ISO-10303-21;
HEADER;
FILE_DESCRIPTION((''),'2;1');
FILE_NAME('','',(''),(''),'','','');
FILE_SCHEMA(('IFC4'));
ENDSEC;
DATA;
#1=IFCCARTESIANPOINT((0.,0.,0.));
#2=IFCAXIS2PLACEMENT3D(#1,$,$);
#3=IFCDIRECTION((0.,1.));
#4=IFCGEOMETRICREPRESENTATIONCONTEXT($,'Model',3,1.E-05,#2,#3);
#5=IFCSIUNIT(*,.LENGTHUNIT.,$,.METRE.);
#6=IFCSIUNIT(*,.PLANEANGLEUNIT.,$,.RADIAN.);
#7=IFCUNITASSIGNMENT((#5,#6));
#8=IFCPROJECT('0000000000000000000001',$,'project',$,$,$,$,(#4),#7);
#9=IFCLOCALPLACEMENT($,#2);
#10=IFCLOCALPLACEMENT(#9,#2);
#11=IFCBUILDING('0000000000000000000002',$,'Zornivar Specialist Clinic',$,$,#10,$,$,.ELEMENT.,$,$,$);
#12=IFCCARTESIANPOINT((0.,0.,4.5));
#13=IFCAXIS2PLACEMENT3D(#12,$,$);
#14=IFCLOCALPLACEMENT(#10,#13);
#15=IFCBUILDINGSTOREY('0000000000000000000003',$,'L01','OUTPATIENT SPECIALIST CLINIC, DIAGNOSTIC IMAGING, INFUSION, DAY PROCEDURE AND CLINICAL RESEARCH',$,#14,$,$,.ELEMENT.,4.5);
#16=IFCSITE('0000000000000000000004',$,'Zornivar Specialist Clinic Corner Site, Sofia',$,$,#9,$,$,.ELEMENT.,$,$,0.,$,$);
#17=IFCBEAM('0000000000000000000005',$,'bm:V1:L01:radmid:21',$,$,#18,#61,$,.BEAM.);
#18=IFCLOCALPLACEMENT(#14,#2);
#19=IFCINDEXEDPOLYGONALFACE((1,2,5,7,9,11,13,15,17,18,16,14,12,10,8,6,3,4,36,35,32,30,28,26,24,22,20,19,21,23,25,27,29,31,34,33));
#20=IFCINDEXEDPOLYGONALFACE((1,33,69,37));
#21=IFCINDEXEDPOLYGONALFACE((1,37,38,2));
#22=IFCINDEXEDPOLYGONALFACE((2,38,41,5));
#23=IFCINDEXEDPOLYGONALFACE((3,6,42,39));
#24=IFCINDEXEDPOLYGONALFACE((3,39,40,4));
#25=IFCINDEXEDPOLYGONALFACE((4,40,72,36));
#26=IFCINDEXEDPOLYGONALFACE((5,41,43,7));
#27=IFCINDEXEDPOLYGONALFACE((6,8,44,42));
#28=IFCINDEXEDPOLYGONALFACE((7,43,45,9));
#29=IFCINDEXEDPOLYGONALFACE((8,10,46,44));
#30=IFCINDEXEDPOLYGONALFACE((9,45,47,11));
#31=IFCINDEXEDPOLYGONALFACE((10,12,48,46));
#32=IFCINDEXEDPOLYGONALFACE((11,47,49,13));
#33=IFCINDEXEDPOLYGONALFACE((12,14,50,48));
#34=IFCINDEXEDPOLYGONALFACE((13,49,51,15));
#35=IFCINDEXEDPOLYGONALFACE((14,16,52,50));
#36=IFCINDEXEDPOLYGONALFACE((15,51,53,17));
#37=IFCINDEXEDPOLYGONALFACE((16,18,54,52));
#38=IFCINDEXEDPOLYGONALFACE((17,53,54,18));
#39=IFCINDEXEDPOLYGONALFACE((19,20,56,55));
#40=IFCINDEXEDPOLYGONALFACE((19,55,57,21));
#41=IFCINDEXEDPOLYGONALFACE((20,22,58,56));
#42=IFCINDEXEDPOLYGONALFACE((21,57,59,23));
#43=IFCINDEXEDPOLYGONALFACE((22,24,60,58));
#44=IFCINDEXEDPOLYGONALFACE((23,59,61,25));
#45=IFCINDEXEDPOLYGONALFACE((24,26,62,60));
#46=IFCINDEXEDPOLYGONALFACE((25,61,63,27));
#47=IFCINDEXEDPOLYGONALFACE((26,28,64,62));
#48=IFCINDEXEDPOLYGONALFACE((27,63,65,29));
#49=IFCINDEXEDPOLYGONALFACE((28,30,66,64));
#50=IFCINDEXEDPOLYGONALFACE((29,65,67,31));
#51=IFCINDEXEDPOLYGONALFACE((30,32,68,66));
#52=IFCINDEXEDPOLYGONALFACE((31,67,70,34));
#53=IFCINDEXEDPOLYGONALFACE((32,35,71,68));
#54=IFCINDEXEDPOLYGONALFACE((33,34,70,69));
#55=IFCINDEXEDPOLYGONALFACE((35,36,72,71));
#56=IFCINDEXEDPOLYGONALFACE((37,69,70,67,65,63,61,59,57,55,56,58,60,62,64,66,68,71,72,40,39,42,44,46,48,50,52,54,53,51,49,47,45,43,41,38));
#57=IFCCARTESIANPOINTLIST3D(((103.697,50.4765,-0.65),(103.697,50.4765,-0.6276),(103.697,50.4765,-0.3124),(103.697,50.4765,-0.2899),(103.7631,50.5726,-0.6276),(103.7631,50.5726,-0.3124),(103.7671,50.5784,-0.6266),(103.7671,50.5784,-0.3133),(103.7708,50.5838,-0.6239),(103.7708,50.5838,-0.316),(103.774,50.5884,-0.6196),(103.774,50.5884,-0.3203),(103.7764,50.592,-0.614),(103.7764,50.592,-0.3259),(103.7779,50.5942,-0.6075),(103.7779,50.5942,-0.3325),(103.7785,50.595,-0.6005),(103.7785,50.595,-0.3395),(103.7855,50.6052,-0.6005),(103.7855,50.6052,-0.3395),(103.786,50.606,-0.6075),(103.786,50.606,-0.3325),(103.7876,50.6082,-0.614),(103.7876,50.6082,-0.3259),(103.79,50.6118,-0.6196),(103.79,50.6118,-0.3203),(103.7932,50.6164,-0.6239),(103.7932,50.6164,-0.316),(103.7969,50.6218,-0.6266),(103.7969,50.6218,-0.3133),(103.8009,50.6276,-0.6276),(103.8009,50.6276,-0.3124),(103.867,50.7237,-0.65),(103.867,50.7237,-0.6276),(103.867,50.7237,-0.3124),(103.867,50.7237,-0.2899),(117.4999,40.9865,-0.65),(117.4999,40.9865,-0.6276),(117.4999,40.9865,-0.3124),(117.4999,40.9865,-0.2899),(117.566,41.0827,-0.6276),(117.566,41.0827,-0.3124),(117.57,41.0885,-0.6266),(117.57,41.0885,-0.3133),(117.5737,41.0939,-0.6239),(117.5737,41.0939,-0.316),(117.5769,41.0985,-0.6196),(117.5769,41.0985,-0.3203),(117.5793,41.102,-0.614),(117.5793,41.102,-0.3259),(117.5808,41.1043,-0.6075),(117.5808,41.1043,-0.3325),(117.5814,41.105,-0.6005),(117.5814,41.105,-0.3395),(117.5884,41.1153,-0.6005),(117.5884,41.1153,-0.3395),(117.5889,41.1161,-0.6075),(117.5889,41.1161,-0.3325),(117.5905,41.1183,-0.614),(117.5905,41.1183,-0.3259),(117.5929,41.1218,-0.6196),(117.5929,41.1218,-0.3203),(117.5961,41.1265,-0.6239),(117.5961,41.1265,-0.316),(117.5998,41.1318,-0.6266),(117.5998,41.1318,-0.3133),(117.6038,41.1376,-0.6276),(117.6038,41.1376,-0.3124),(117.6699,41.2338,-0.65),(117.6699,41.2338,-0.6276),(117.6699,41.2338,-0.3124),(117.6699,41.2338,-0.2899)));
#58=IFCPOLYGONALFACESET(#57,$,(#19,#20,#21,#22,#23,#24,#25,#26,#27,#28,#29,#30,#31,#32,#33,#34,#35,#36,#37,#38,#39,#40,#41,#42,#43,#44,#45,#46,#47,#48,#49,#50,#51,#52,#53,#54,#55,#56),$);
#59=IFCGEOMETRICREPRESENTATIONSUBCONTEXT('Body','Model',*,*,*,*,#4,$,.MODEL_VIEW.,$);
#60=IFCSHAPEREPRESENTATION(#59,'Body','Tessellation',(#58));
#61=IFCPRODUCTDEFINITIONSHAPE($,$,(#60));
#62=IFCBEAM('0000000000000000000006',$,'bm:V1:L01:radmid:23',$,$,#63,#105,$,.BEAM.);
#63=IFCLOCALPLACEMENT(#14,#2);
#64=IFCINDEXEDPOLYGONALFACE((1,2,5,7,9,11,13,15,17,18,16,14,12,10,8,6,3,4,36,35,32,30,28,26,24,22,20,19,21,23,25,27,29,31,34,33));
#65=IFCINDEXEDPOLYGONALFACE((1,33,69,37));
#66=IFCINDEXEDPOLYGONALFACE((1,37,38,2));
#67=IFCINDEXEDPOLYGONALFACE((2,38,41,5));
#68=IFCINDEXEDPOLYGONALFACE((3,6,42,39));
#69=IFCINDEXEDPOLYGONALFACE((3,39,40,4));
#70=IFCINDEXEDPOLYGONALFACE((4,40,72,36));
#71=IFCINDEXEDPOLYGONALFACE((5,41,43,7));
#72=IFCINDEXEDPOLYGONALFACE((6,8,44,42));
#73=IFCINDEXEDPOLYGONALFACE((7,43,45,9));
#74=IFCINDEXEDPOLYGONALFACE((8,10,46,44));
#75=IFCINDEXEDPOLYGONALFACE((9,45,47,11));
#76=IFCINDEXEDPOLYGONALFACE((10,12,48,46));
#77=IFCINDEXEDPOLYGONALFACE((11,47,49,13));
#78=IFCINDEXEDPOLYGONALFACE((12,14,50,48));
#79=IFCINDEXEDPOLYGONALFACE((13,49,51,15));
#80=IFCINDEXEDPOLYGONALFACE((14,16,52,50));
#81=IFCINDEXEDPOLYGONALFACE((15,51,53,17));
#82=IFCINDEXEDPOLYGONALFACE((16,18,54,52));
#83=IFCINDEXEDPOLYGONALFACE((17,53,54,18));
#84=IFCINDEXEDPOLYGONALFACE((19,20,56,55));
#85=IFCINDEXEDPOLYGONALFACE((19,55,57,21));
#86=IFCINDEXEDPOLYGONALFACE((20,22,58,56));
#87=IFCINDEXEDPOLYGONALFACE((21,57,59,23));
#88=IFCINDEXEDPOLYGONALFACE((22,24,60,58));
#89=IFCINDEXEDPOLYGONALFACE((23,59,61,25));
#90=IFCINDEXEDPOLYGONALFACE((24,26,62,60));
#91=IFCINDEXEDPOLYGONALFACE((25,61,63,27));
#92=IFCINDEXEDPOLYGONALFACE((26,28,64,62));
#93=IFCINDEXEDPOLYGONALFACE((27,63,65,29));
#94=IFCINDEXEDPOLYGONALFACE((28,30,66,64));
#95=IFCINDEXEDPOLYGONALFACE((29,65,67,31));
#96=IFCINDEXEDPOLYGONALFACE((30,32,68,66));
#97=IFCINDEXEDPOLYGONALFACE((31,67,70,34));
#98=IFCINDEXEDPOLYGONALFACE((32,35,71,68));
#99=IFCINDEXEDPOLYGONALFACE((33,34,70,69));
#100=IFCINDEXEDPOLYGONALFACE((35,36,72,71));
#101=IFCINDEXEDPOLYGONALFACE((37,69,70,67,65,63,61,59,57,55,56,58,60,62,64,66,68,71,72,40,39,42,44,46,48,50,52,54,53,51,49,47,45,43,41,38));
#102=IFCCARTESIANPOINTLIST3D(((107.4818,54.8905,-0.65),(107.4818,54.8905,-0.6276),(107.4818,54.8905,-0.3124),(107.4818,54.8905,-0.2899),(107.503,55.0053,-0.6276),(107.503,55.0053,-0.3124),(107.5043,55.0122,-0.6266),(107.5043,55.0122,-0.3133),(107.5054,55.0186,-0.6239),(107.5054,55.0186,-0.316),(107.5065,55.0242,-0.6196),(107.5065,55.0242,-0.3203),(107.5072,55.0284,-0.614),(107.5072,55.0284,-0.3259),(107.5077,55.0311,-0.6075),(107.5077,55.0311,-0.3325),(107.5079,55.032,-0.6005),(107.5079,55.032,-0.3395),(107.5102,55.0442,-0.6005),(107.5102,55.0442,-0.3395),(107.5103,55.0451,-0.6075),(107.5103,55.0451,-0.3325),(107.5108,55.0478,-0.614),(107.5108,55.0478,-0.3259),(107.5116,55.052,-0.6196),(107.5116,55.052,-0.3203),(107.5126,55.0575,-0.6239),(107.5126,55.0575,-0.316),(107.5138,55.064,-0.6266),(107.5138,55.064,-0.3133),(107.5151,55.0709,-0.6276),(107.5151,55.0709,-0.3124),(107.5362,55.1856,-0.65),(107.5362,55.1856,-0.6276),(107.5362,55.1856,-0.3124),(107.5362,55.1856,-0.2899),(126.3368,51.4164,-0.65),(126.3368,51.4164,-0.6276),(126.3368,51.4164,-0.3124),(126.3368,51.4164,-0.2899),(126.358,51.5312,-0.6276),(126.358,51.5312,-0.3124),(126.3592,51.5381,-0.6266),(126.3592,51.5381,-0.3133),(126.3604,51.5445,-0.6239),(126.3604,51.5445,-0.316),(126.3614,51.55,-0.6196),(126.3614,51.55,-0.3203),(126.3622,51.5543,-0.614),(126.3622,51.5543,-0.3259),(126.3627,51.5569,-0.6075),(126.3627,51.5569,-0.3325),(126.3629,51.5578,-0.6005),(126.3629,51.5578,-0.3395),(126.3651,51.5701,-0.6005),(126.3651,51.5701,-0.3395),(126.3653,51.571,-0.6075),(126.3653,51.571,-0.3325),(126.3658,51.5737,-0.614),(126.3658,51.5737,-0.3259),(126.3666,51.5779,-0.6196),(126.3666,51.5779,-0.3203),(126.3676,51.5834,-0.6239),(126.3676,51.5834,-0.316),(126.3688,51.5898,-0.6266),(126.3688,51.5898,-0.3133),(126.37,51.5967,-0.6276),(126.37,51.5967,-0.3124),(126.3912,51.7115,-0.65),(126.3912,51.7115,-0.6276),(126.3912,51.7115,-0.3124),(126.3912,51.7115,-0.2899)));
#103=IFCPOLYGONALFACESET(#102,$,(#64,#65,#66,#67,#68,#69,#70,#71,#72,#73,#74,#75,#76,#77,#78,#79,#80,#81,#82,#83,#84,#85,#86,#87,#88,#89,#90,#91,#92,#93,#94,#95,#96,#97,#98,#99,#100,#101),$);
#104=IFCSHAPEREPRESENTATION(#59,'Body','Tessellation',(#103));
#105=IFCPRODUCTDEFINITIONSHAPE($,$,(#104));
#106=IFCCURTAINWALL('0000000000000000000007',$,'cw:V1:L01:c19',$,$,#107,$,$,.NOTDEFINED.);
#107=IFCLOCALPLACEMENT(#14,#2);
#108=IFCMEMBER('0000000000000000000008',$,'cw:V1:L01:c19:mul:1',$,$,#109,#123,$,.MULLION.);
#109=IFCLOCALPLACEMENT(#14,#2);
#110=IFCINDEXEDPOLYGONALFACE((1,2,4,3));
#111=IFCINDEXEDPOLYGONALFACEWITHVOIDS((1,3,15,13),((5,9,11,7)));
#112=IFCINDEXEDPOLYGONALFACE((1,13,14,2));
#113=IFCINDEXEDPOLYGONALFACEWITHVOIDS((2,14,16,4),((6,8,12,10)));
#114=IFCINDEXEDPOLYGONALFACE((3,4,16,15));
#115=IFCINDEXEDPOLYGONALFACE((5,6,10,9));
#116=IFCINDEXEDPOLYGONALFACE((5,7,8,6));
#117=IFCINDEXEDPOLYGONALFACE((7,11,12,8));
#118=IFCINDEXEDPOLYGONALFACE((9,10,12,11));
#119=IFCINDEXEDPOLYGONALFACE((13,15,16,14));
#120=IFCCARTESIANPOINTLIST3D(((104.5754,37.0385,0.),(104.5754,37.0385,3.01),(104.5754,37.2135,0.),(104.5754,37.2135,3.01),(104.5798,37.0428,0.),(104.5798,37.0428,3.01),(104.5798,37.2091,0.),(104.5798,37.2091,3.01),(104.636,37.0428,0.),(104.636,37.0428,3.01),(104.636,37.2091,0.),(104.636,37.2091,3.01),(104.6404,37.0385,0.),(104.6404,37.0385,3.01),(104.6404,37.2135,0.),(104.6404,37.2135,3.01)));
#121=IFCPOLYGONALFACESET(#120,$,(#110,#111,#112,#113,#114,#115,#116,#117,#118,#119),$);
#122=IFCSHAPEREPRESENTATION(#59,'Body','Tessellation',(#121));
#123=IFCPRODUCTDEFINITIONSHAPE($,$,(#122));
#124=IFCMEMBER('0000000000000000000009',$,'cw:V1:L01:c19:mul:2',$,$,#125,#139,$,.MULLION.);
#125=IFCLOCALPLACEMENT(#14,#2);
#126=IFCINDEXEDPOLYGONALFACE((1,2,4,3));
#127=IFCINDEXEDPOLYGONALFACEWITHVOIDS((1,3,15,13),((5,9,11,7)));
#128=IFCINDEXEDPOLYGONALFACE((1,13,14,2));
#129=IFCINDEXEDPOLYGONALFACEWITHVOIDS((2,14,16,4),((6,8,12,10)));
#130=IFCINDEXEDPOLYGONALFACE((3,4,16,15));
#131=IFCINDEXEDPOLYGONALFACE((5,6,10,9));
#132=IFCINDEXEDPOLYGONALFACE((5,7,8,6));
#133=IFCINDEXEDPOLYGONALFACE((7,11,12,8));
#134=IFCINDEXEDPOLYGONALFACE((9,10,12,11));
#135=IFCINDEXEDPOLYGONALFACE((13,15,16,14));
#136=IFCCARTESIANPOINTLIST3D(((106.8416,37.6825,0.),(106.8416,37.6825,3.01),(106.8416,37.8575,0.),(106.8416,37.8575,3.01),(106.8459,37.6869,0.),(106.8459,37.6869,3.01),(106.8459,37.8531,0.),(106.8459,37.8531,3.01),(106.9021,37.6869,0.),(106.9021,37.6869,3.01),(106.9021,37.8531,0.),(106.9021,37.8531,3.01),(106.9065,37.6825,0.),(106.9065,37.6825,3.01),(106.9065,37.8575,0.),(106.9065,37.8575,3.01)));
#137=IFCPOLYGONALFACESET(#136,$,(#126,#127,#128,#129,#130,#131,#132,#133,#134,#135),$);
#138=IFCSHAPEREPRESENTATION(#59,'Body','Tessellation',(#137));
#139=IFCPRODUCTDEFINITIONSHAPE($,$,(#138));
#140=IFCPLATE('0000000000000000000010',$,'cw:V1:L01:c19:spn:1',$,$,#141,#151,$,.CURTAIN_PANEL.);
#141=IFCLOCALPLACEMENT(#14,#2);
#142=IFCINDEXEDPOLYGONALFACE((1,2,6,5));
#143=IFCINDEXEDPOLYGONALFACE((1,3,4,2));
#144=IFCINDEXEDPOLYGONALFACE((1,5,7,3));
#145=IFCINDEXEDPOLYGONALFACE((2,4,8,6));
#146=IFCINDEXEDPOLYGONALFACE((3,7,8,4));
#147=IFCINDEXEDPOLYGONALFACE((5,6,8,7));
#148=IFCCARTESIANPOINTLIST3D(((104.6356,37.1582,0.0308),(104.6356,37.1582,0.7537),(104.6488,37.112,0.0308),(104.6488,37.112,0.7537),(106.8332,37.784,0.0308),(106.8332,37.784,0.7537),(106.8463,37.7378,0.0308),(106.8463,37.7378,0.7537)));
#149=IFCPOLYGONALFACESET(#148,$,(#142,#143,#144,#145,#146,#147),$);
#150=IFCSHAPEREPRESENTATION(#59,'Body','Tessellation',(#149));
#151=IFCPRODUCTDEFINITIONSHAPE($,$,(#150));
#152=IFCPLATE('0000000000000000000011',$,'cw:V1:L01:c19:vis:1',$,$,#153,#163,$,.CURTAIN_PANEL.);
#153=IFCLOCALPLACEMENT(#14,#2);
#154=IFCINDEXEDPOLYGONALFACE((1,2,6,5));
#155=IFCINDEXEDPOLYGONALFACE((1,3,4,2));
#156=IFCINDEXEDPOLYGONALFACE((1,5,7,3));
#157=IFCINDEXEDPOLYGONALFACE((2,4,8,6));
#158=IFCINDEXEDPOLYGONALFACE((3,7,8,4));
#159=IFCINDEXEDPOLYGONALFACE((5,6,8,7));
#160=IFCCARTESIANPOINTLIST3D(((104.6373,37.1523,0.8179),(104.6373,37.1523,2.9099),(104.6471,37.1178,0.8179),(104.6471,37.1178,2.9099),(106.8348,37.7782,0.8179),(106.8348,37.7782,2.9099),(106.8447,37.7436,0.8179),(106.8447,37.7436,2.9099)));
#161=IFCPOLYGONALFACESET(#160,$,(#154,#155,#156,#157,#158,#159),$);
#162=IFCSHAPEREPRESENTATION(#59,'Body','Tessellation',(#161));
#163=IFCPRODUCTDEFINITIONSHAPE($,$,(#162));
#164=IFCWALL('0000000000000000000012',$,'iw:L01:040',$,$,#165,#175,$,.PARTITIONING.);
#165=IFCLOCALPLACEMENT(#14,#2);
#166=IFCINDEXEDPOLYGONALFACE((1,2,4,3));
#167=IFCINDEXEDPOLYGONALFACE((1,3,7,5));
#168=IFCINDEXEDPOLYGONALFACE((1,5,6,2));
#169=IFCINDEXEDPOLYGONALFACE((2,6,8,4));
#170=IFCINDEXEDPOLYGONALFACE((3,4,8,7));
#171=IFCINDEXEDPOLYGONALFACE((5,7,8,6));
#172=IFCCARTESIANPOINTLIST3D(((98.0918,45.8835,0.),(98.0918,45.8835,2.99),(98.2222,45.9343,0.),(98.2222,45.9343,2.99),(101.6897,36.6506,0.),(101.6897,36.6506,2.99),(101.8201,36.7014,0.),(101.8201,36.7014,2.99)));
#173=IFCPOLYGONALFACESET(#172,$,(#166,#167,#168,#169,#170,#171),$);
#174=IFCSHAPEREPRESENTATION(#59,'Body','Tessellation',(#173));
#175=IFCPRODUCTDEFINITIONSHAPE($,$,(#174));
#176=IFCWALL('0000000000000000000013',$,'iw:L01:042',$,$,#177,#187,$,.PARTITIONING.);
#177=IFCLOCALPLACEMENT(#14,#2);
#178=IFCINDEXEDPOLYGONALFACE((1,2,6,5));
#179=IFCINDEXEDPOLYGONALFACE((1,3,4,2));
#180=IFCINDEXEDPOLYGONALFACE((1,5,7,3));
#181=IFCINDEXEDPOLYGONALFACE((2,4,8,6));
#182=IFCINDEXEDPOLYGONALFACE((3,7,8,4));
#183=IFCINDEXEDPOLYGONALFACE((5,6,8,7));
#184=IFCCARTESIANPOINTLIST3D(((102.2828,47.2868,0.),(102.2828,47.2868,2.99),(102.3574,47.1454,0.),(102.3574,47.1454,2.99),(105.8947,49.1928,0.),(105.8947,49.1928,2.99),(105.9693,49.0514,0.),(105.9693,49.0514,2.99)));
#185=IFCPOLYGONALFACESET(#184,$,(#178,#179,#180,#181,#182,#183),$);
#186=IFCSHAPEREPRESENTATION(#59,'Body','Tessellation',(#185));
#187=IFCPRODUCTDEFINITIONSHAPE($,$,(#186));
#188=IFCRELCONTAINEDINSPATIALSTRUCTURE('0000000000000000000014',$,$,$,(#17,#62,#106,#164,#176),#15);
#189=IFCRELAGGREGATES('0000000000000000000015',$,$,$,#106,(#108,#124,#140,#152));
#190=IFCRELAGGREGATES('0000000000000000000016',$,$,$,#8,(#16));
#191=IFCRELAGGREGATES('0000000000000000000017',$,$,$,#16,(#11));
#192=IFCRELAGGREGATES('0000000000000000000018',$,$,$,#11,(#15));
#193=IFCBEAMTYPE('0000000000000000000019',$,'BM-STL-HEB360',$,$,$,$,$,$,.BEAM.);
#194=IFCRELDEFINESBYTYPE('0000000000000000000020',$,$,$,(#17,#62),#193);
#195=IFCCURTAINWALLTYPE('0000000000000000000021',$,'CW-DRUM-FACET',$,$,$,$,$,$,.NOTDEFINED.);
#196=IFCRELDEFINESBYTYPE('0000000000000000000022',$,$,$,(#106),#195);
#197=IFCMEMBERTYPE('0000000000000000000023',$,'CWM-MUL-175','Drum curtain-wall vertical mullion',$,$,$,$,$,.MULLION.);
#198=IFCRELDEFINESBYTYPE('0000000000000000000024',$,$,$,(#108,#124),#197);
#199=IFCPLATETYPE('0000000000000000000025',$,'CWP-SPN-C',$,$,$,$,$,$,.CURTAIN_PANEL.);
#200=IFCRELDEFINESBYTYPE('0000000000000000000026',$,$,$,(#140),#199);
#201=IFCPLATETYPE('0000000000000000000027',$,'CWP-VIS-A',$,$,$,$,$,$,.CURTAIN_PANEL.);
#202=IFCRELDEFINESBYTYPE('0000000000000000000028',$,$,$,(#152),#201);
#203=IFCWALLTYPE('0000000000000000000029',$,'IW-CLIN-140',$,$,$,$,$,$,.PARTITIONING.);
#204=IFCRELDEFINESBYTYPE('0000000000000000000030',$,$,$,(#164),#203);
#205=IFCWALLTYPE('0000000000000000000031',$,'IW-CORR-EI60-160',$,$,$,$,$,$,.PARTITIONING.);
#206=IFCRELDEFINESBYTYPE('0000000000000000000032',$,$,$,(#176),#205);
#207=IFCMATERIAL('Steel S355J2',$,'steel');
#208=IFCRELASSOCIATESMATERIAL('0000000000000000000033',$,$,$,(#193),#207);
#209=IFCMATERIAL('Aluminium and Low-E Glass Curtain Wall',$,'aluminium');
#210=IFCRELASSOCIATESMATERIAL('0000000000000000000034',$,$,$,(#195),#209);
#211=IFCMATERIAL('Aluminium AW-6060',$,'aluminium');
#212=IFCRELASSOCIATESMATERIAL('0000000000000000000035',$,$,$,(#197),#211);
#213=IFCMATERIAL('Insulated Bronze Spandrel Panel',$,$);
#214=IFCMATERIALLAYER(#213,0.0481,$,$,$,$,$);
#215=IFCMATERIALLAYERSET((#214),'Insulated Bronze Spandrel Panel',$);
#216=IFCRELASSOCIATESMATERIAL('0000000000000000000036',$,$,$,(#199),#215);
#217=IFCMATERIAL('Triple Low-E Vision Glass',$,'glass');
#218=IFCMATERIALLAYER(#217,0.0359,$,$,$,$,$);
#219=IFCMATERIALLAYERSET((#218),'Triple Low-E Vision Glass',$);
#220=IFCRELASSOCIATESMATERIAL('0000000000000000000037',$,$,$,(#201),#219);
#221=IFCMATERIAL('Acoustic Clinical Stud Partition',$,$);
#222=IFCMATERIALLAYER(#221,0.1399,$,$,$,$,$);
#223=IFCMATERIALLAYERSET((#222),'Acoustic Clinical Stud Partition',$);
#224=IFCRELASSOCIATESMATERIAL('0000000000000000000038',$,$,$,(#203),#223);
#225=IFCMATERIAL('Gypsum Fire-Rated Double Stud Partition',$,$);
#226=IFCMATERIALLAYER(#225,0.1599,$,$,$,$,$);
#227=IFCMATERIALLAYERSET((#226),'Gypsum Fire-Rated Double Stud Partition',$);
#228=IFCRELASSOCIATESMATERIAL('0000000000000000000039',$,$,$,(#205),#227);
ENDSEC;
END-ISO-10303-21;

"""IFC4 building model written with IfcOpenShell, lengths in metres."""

from ifc_helpers import new_model, si_unit, direction, frame, frame_2d, origin, origin_2d, place, context, subcontext, project, spatial, rectangle, hollow_rectangle, i_section, extrude, material, layer, layer_set, material_profile, profile_set, type_object, element, aggregate, save


model = new_model("IFC4")

# Units and contexts
model_context = context("Model", 3, precision=1e-05, world=origin(), true_north=direction((0.0, 1.0)))
body_context = subcontext(model_context, "Body", "Model", "MODEL_VIEW")
ifc_project = project(units=[si_unit("LENGTHUNIT", "METRE"), si_unit("PLANEANGLEUNIT", "RADIAN")], contexts=[model_context])

# Site, building, storey
site_placement = place(None, origin())
site = spatial("IfcSite", under=ifc_project, at=site_placement, Name="Zornivar Specialist Clinic Corner Site, Sofia", CompositionType="ELEMENT", RefElevation=0.0)
building_placement = place(site_placement, origin())
building = spatial("IfcBuilding", under=site, at=building_placement, Name="Zornivar Specialist Clinic", CompositionType="ELEMENT")
storey_placement = place(building_placement, frame((0.0, 0.0, 4.5)))
storey = spatial("IfcBuildingStorey", under=building, at=storey_placement, Name="L01", Description="OUTPATIENT SPECIALIST CLINIC, DIAGNOSTIC IMAGING, INFUSION, DAY PROCEDURE AND CLINICAL RESEARCH", CompositionType="ELEMENT", Elevation=4.5)

# Beams
ifc_material_1 = material(Name="Steel S355J2", Category="steel")
ifc_material_profile_1 = material_profile(ifc_material_1, i_section(OverallWidth=0.3, OverallDepth=0.3601, WebThickness=0.0125, FlangeThickness=0.0225, FilletRadius=0.0271, at=origin_2d()), Name="HEB 360")
ifc_profile_set_1 = profile_set([ifc_material_profile_1], Name="Steel S355J2")
beam_type_1 = type_object("IfcBeamType", Name="BM-STL-HEB360", PredefinedType="BEAM", material=ifc_profile_set_1)
beam_1_placement = place(storey_placement, frame((103.782, 50.6001, -0.47), z_axis=(0.82403, -0.566547, 0.0), x_axis=(0.566547, 0.82403, 0.0)))
element("IfcBeam", 1, at=beam_1_placement, inside=storey, type_object=beam_type_1, Name="bm:V1:L01:radmid:21", PredefinedType="BEAM", context=body_context, shape_type="SweptSolid", body=[
    extrude(i_section(OverallWidth=0.3, OverallDepth=0.3601, WebThickness=0.0125, FlangeThickness=0.0225, FilletRadius=0.0271, at=origin_2d()), origin(), (0.0, 0.0, 1.0), 16.7505),
])
beam_2_placement = place(storey_placement, frame((107.509, 55.0381, -0.47), z_axis=(0.983445, -0.181205, 0.0), x_axis=(0.181205, 0.983445, 0.0)))
element("IfcBeam", 2, at=beam_2_placement, inside=storey, type_object=beam_type_1, Name="bm:V1:L01:radmid:23", PredefinedType="BEAM", context=body_context, shape_type="SweptSolid", body=[
    extrude(i_section(OverallWidth=0.3, OverallDepth=0.3601, WebThickness=0.0125, FlangeThickness=0.0225, FilletRadius=0.0271, at=origin_2d()), origin(), (0.0, 0.0, 1.0), 19.1724),
])

# Curtain wall, members, plates
ifc_material_2 = material(Name="Aluminium and Low-E Glass Curtain Wall", Category="aluminium")
curtain_wall_type = type_object("IfcCurtainWallType", Name="CW-DRUM-FACET", PredefinedType="NOTDEFINED", material=ifc_material_2)
curtain_wall_placement = place(storey_placement, origin())
curtain_wall = element("IfcCurtainWall", 3, at=curtain_wall_placement, inside=storey, type_object=curtain_wall_type, Name="cw:V1:L01:c19", PredefinedType="NOTDEFINED")
ifc_material_3 = material(Name="Aluminium AW-6060", Category="aluminium")
ifc_material_profile_2 = material_profile(ifc_material_3, hollow_rectangle(XDim=0.0649, YDim=0.175, WallThickness=0.0044, at=origin_2d()), Name="ALU 65x175x4.5")
ifc_profile_set_2 = profile_set([ifc_material_profile_2], Name="Aluminium AW-6060")
member_type = type_object("IfcMemberType", Name="CWM-MUL-175", Description="Drum curtain-wall vertical mullion", PredefinedType="MULLION", material=ifc_profile_set_2)
member_1_placement = place(storey_placement, frame((104.6079, 37.126, 0.0), z_axis=(0.0, 0.0, 1.0), x_axis=(1.0, 0.0, 0.0)))
member_1 = element("IfcMember", 4, at=member_1_placement, type_object=member_type, Name="cw:V1:L01:c19:mul:1", PredefinedType="MULLION", context=body_context, shape_type="SweptSolid", body=[
    extrude(hollow_rectangle(XDim=0.0649, YDim=0.175, WallThickness=0.0044, at=origin_2d()), origin(), (0.0, 0.0, 1.0), 3.01),
])
member_2_placement = place(storey_placement, frame((106.874, 37.77, 0.0), z_axis=(0.0, 0.0, 1.0), x_axis=(1.0, 0.0, 0.0)))
member_2 = element("IfcMember", 5, at=member_2_placement, type_object=member_type, Name="cw:V1:L01:c19:mul:2", PredefinedType="MULLION", context=body_context, shape_type="SweptSolid", body=[
    extrude(hollow_rectangle(XDim=0.0649, YDim=0.175, WallThickness=0.0044, at=origin_2d()), origin(), (0.0, 0.0, 1.0), 3.01),
])
ifc_material_4 = material(Name="Insulated Bronze Spandrel Panel")
ifc_layer_1 = layer(ifc_material_4, 0.0481)
ifc_layer_set_1 = layer_set([ifc_layer_1], Name="Insulated Bronze Spandrel Panel")
plate_type_1 = type_object("IfcPlateType", Name="CWP-SPN-C", PredefinedType="CURTAIN_PANEL", material=ifc_layer_set_1)
plate_1_placement = place(storey_placement, frame((105.741, 37.448, 0.0308), z_axis=(0.0, 0.0, 1.0), x_axis=(0.961761, 0.273889, 0.0)))
plate_1 = element("IfcPlate", 6, at=plate_1_placement, type_object=plate_type_1, Name="cw:V1:L01:c19:spn:1", PredefinedType="CURTAIN_PANEL", context=body_context, shape_type="SweptSolid", body=[
    extrude(rectangle(XDim=2.2849, YDim=0.0481, at=origin_2d()), origin(), (0.0, 0.0, 1.0), 0.7229),
])
ifc_material_5 = material(Name="Triple Low-E Vision Glass", Category="glass")
ifc_layer_2 = layer(ifc_material_5, 0.0359)
ifc_layer_set_2 = layer_set([ifc_layer_2], Name="Triple Low-E Vision Glass")
plate_type_2 = type_object("IfcPlateType", Name="CWP-VIS-A", PredefinedType="CURTAIN_PANEL", material=ifc_layer_set_2)
plate_2_placement = place(storey_placement, frame((105.741, 37.448, 0.8179), z_axis=(0.0, 0.0, 1.0), x_axis=(0.961761, 0.273889, 0.0)))
plate_2 = element("IfcPlate", 7, at=plate_2_placement, type_object=plate_type_2, Name="cw:V1:L01:c19:vis:1", PredefinedType="CURTAIN_PANEL", context=body_context, shape_type="SweptSolid", body=[
    extrude(rectangle(XDim=2.2849, YDim=0.0359, at=origin_2d()), origin(), (0.0, 0.0, 1.0), 2.092),
])
aggregate(curtain_wall, [member_1, member_2, plate_1, plate_2])

# Walls
ifc_material_6 = material(Name="Acoustic Clinical Stud Partition")
ifc_layer_3 = layer(ifc_material_6, 0.1399)
ifc_layer_set_3 = layer_set([ifc_layer_3], Name="Acoustic Clinical Stud Partition")
wall_type_1 = type_object("IfcWallType", Name="IW-CLIN-140", PredefinedType="PARTITIONING", material=ifc_layer_set_3)
wall_1_placement = place(storey_placement, frame((98.157, 45.9089, 0.0), z_axis=(0.0, 0.0, 1.0), x_axis=(0.363088, -0.931755, 0.0)))
element("IfcWall", 8, at=wall_1_placement, inside=storey, type_object=wall_type_1, Name="iw:L01:040", PredefinedType="PARTITIONING", context=body_context, shape_type="SweptSolid", body=[
    extrude(rectangle(XDim=9.9092, YDim=0.1399, at=frame_2d((4.9546, 0.0))), origin(), (0.0, 0.0, 1.0), 2.99),
])
ifc_material_7 = material(Name="Gypsum Fire-Rated Double Stud Partition")
ifc_layer_4 = layer(ifc_material_7, 0.1599)
ifc_layer_set_4 = layer_set([ifc_layer_4], Name="Gypsum Fire-Rated Double Stud Partition")
wall_type_2 = type_object("IfcWallType", Name="IW-CORR-EI60-160", PredefinedType="PARTITIONING", material=ifc_layer_set_4)
wall_2_placement = place(storey_placement, frame((102.3201, 47.2161, 0.0), z_axis=(0.0, 0.0, 1.0), x_axis=(0.884408, 0.466714, 0.0)))
element("IfcWall", 9, at=wall_2_placement, inside=storey, type_object=wall_type_2, Name="iw:L01:042", PredefinedType="PARTITIONING", context=body_context, shape_type="SweptSolid", body=[
    extrude(rectangle(XDim=4.084, YDim=0.1599, at=frame_2d((2.042, 0.0))), origin(), (0.0, 0.0, 1.0), 2.99),
])

save(model, "model.ifc")
